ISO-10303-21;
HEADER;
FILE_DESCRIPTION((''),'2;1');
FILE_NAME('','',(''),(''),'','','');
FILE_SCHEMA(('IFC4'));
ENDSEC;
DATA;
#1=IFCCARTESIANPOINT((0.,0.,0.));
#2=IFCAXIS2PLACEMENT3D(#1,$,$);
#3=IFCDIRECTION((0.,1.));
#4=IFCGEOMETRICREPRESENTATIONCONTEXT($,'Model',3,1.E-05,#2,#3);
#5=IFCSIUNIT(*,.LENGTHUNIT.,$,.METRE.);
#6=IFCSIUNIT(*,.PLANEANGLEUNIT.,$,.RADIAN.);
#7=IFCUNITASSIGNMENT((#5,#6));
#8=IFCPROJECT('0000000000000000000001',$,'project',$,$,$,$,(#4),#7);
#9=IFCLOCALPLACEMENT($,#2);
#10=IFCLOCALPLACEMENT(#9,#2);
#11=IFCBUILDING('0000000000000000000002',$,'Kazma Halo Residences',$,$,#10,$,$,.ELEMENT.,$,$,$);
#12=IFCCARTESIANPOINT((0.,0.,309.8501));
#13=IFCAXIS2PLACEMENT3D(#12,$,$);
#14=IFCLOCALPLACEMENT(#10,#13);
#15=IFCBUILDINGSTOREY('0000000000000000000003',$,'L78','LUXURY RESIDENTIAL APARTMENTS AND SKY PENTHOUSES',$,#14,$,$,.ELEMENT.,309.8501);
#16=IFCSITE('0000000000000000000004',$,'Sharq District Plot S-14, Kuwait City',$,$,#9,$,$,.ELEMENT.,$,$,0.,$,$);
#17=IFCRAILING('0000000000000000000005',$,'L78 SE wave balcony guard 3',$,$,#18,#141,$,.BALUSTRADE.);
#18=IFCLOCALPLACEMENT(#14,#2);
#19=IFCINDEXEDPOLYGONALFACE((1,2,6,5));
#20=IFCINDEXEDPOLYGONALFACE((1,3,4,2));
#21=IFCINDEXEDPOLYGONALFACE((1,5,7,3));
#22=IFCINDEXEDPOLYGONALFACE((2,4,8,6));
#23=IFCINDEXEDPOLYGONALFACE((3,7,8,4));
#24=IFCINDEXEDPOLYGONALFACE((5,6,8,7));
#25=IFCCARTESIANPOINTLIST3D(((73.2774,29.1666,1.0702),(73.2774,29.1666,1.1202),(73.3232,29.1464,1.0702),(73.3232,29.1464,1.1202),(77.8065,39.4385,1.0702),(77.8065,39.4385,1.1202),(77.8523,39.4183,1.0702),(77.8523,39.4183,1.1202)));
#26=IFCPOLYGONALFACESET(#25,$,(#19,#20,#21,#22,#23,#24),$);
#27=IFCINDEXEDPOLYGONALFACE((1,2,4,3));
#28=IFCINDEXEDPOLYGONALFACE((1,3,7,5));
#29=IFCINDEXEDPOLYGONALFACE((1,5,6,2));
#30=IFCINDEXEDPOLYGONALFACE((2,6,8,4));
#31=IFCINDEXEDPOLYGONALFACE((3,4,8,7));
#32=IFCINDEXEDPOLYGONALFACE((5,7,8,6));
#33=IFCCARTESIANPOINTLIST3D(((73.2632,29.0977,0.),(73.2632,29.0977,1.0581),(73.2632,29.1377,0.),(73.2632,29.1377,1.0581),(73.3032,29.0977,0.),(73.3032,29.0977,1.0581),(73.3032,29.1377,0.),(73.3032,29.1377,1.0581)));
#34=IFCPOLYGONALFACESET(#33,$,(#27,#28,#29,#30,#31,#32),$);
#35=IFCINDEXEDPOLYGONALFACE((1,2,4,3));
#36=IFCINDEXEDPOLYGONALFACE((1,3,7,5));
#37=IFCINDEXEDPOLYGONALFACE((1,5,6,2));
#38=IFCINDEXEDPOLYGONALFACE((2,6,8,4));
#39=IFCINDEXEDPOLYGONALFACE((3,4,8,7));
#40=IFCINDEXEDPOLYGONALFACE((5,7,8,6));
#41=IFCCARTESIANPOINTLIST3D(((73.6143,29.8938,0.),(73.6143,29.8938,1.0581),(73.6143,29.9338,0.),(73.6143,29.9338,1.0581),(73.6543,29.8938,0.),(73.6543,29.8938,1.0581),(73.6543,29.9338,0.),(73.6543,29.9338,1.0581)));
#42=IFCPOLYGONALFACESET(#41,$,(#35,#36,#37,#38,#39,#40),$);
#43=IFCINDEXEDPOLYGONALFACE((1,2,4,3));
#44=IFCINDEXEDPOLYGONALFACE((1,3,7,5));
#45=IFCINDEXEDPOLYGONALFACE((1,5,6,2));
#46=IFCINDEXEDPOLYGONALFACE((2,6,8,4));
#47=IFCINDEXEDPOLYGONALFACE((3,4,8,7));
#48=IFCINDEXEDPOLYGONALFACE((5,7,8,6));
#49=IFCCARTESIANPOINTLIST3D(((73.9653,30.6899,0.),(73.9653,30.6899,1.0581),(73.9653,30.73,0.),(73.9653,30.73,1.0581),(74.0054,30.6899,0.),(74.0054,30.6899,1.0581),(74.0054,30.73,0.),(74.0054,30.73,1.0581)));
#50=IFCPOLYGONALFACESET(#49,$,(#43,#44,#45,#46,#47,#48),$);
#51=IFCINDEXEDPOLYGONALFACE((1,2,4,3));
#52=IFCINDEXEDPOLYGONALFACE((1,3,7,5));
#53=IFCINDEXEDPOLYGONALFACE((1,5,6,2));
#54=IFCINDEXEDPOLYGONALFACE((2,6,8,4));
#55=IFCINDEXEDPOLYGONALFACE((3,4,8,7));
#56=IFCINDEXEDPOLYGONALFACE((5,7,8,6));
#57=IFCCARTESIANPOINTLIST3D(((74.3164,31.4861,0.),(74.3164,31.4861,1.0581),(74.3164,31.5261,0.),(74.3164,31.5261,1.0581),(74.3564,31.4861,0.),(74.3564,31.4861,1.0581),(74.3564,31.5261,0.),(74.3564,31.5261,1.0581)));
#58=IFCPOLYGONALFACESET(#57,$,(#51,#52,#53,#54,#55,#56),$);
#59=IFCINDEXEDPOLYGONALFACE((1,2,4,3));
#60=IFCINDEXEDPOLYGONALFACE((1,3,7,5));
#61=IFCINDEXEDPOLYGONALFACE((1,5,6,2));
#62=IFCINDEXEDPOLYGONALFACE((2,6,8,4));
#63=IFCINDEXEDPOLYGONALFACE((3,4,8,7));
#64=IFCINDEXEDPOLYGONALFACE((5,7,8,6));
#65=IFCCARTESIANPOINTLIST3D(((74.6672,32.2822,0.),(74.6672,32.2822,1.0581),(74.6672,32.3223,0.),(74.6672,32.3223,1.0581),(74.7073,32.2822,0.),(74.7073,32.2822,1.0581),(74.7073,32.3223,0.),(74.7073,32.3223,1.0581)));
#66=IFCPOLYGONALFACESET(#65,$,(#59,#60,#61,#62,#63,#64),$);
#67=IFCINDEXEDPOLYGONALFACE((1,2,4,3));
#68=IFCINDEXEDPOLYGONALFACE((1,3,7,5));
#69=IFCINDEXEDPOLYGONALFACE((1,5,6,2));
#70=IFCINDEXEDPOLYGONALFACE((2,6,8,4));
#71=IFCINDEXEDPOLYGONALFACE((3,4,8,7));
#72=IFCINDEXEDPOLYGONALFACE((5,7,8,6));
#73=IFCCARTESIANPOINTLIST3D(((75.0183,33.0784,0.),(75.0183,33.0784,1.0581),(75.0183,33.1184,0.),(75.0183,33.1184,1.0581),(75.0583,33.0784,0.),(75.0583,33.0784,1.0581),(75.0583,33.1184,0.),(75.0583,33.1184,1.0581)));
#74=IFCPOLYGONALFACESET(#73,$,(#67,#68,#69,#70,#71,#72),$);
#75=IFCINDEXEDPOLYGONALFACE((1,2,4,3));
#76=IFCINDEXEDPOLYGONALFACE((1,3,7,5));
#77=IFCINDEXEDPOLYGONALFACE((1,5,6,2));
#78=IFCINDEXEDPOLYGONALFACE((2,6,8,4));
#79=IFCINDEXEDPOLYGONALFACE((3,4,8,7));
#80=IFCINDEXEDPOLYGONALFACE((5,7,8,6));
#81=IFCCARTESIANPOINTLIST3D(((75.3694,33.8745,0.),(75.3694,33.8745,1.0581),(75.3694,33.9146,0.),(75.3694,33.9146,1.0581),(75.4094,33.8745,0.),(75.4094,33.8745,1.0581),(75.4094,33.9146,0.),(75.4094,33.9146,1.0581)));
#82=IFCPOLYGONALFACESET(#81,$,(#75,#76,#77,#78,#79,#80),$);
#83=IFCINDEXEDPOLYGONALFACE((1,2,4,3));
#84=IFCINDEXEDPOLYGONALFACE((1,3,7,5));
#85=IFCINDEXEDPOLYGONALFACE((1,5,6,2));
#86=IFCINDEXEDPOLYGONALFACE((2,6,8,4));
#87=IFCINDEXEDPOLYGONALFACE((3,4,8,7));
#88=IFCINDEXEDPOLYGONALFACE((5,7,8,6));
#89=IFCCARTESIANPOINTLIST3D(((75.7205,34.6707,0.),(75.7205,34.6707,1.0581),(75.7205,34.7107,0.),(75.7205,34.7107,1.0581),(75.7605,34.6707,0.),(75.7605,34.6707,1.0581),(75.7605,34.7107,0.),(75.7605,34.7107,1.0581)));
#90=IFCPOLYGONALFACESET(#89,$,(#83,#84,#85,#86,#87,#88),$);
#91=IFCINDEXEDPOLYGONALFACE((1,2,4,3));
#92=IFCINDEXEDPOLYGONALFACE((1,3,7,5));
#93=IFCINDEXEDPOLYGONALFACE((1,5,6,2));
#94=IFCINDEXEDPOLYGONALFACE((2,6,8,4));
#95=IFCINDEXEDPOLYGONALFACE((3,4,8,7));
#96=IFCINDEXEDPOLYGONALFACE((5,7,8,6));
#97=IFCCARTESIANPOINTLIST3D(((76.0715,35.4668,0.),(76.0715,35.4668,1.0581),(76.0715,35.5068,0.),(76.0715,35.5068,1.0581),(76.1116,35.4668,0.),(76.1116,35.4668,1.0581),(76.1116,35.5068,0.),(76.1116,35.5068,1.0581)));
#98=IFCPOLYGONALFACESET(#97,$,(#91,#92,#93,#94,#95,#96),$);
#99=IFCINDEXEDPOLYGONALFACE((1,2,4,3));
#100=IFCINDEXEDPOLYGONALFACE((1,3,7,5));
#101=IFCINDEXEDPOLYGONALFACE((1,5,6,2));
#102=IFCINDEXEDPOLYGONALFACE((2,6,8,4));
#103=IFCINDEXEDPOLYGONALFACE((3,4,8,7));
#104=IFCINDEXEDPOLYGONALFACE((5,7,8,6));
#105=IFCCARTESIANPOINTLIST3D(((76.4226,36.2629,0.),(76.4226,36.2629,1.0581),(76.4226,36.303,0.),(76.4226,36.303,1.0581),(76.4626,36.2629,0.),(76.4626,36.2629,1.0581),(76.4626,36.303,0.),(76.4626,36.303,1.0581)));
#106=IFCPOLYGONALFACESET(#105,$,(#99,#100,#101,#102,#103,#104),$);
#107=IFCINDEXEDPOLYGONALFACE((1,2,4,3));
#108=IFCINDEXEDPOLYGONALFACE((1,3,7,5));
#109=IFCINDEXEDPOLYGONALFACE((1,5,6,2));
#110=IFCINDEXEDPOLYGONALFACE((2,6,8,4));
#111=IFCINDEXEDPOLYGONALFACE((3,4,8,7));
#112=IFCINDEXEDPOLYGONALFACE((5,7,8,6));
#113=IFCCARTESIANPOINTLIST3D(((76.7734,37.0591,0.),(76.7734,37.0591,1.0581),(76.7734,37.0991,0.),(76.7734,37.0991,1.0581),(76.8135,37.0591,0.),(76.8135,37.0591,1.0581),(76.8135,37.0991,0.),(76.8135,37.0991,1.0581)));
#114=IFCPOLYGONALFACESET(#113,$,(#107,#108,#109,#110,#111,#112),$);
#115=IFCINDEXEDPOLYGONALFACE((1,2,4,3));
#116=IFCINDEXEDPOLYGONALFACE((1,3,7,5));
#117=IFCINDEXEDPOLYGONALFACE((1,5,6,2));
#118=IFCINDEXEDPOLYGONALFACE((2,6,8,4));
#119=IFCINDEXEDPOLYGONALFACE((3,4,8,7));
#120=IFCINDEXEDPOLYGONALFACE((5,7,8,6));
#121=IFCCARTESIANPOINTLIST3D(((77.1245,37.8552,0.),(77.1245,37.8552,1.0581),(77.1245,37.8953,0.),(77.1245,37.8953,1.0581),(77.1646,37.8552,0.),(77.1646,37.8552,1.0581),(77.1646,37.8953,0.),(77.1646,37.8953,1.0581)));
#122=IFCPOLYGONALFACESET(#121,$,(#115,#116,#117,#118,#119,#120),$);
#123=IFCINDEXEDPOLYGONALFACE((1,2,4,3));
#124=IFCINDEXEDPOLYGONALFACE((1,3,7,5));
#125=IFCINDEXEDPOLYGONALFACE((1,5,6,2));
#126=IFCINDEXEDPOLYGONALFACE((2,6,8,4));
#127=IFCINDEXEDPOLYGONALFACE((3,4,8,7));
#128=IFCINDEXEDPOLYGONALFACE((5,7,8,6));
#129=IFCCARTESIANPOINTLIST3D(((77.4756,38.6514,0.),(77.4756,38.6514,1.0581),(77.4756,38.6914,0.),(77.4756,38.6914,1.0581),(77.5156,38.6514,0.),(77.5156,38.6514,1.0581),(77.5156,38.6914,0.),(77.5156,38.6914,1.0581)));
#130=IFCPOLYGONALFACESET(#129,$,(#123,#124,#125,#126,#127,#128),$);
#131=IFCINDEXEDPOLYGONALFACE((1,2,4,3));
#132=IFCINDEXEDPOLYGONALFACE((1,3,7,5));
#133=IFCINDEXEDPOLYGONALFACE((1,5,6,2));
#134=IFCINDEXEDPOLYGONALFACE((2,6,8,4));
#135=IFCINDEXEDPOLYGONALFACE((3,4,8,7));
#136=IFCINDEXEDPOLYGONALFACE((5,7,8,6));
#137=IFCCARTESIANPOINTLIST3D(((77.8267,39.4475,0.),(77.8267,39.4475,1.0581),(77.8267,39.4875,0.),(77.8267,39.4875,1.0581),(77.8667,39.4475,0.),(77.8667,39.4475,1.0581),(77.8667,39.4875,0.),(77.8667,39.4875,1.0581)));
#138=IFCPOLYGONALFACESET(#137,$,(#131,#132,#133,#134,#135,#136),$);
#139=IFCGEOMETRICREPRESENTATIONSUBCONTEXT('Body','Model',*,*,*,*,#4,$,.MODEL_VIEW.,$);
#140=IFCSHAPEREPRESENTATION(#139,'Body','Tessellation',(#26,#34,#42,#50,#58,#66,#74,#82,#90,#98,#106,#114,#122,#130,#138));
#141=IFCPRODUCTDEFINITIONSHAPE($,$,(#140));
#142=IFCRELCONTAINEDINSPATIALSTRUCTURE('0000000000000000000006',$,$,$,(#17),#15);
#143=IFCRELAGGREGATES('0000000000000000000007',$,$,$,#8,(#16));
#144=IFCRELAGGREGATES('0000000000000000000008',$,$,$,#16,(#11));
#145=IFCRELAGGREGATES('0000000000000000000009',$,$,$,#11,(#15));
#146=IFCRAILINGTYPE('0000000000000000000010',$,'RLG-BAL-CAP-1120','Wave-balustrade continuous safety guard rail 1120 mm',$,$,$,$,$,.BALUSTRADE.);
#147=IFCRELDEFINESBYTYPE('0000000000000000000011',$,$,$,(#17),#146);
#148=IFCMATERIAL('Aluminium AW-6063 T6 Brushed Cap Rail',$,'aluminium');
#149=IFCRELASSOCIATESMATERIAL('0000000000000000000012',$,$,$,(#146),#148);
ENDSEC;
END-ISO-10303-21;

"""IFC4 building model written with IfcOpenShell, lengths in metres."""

from ifc_helpers import new_model, si_unit, direction, frame, origin, origin_2d, place, context, subcontext, project, spatial, rectangle, extrude, material, type_object, element, save


model = new_model("IFC4")

# Units and contexts
model_context = context("Model", 3, precision=1e-05, world=origin(), true_north=direction((0.0, 1.0)))
body_context = subcontext(model_context, "Body", "Model", "MODEL_VIEW")
ifc_project = project(units=[si_unit("LENGTHUNIT", "METRE"), si_unit("PLANEANGLEUNIT", "RADIAN")], contexts=[model_context])

# Site, building, storey
site_placement = place(None, origin())
site = spatial("IfcSite", under=ifc_project, at=site_placement, Name="Sharq District Plot S-14, Kuwait City", CompositionType="ELEMENT", RefElevation=0.0)
building_placement = place(site_placement, origin())
building = spatial("IfcBuilding", under=site, at=building_placement, Name="Kazma Halo Residences", CompositionType="ELEMENT")
storey_placement = place(building_placement, frame((0.0, 0.0, 309.8501)))
storey = spatial("IfcBuildingStorey", under=building, at=storey_placement, Name="L78", Description="LUXURY RESIDENTIAL APARTMENTS AND SKY PENTHOUSES", CompositionType="ELEMENT", Elevation=309.8501)

# Railing
ifc_material_1 = material(Name="Aluminium AW-6063 T6 Brushed Cap Rail", Category="aluminium")
railing_type = type_object("IfcRailingType", Name="RLG-BAL-CAP-1120", Description="Wave-balustrade continuous safety guard rail 1120 mm", PredefinedType="BALUSTRADE", material=ifc_material_1)
railing_1_placement = place(storey_placement, frame((73.2832, 29.1177, 0.0)))
element("IfcRailing", 1, at=railing_1_placement, inside=storey, type_object=railing_type, Name="L78 SE wave balcony guard 3", PredefinedType="BALUSTRADE", context=body_context, shape_type="SweptSolid", body=[
    extrude(rectangle(XDim=0.05, YDim=0.05, at=origin_2d()), frame((0.0171, 0.0388, 1.0952), z_axis=(0.403445, 0.915004, 0.0), x_axis=(-0.915004, 0.403445, 0.0)), (0.0, 0.0, 1.0), 11.2261),
    extrude(rectangle(XDim=0.04, YDim=0.04, at=origin_2d()), origin(), (0.0, 0.0, 1.0), 1.0581),
    extrude(rectangle(XDim=0.04, YDim=0.04, at=origin_2d()), frame((0.3511, 0.7961, 0.0)), (0.0, 0.0, 1.0), 1.0581),
    extrude(rectangle(XDim=0.04, YDim=0.04, at=origin_2d()), frame((0.7021, 1.5923, 0.0)), (0.0, 0.0, 1.0), 1.0581),
    extrude(rectangle(XDim=0.04, YDim=0.04, at=origin_2d()), frame((1.0532, 2.3884, 0.0)), (0.0, 0.0, 1.0), 1.0581),
    extrude(rectangle(XDim=0.04, YDim=0.04, at=origin_2d()), frame((1.4041, 3.1846, 0.0)), (0.0, 0.0, 1.0), 1.0581),
    extrude(rectangle(XDim=0.04, YDim=0.04, at=origin_2d()), frame((1.7551, 3.9807, 0.0)), (0.0, 0.0, 1.0), 1.0581),
    extrude(rectangle(XDim=0.04, YDim=0.04, at=origin_2d()), frame((2.1062, 4.7769, 0.0)), (0.0, 0.0, 1.0), 1.0581),
    extrude(rectangle(XDim=0.04, YDim=0.04, at=origin_2d()), frame((2.4573, 5.573, 0.0)), (0.0, 0.0, 1.0), 1.0581),
    extrude(rectangle(XDim=0.04, YDim=0.04, at=origin_2d()), frame((2.8083, 6.3691, 0.0)), (0.0, 0.0, 1.0), 1.0581),
    extrude(rectangle(XDim=0.04, YDim=0.04, at=origin_2d()), frame((3.1594, 7.1653, 0.0)), (0.0, 0.0, 1.0), 1.0581),
    extrude(rectangle(XDim=0.04, YDim=0.04, at=origin_2d()), frame((3.5103, 7.9614, 0.0)), (0.0, 0.0, 1.0), 1.0581),
    extrude(rectangle(XDim=0.04, YDim=0.04, at=origin_2d()), frame((3.8613, 8.7576, 0.0)), (0.0, 0.0, 1.0), 1.0581),
    extrude(rectangle(XDim=0.04, YDim=0.04, at=origin_2d()), frame((4.2124, 9.5537, 0.0)), (0.0, 0.0, 1.0), 1.0581),
    extrude(rectangle(XDim=0.04, YDim=0.04, at=origin_2d()), frame((4.5635, 10.3499, 0.0)), (0.0, 0.0, 1.0), 1.0581),
])

save(model, "model.ifc")
